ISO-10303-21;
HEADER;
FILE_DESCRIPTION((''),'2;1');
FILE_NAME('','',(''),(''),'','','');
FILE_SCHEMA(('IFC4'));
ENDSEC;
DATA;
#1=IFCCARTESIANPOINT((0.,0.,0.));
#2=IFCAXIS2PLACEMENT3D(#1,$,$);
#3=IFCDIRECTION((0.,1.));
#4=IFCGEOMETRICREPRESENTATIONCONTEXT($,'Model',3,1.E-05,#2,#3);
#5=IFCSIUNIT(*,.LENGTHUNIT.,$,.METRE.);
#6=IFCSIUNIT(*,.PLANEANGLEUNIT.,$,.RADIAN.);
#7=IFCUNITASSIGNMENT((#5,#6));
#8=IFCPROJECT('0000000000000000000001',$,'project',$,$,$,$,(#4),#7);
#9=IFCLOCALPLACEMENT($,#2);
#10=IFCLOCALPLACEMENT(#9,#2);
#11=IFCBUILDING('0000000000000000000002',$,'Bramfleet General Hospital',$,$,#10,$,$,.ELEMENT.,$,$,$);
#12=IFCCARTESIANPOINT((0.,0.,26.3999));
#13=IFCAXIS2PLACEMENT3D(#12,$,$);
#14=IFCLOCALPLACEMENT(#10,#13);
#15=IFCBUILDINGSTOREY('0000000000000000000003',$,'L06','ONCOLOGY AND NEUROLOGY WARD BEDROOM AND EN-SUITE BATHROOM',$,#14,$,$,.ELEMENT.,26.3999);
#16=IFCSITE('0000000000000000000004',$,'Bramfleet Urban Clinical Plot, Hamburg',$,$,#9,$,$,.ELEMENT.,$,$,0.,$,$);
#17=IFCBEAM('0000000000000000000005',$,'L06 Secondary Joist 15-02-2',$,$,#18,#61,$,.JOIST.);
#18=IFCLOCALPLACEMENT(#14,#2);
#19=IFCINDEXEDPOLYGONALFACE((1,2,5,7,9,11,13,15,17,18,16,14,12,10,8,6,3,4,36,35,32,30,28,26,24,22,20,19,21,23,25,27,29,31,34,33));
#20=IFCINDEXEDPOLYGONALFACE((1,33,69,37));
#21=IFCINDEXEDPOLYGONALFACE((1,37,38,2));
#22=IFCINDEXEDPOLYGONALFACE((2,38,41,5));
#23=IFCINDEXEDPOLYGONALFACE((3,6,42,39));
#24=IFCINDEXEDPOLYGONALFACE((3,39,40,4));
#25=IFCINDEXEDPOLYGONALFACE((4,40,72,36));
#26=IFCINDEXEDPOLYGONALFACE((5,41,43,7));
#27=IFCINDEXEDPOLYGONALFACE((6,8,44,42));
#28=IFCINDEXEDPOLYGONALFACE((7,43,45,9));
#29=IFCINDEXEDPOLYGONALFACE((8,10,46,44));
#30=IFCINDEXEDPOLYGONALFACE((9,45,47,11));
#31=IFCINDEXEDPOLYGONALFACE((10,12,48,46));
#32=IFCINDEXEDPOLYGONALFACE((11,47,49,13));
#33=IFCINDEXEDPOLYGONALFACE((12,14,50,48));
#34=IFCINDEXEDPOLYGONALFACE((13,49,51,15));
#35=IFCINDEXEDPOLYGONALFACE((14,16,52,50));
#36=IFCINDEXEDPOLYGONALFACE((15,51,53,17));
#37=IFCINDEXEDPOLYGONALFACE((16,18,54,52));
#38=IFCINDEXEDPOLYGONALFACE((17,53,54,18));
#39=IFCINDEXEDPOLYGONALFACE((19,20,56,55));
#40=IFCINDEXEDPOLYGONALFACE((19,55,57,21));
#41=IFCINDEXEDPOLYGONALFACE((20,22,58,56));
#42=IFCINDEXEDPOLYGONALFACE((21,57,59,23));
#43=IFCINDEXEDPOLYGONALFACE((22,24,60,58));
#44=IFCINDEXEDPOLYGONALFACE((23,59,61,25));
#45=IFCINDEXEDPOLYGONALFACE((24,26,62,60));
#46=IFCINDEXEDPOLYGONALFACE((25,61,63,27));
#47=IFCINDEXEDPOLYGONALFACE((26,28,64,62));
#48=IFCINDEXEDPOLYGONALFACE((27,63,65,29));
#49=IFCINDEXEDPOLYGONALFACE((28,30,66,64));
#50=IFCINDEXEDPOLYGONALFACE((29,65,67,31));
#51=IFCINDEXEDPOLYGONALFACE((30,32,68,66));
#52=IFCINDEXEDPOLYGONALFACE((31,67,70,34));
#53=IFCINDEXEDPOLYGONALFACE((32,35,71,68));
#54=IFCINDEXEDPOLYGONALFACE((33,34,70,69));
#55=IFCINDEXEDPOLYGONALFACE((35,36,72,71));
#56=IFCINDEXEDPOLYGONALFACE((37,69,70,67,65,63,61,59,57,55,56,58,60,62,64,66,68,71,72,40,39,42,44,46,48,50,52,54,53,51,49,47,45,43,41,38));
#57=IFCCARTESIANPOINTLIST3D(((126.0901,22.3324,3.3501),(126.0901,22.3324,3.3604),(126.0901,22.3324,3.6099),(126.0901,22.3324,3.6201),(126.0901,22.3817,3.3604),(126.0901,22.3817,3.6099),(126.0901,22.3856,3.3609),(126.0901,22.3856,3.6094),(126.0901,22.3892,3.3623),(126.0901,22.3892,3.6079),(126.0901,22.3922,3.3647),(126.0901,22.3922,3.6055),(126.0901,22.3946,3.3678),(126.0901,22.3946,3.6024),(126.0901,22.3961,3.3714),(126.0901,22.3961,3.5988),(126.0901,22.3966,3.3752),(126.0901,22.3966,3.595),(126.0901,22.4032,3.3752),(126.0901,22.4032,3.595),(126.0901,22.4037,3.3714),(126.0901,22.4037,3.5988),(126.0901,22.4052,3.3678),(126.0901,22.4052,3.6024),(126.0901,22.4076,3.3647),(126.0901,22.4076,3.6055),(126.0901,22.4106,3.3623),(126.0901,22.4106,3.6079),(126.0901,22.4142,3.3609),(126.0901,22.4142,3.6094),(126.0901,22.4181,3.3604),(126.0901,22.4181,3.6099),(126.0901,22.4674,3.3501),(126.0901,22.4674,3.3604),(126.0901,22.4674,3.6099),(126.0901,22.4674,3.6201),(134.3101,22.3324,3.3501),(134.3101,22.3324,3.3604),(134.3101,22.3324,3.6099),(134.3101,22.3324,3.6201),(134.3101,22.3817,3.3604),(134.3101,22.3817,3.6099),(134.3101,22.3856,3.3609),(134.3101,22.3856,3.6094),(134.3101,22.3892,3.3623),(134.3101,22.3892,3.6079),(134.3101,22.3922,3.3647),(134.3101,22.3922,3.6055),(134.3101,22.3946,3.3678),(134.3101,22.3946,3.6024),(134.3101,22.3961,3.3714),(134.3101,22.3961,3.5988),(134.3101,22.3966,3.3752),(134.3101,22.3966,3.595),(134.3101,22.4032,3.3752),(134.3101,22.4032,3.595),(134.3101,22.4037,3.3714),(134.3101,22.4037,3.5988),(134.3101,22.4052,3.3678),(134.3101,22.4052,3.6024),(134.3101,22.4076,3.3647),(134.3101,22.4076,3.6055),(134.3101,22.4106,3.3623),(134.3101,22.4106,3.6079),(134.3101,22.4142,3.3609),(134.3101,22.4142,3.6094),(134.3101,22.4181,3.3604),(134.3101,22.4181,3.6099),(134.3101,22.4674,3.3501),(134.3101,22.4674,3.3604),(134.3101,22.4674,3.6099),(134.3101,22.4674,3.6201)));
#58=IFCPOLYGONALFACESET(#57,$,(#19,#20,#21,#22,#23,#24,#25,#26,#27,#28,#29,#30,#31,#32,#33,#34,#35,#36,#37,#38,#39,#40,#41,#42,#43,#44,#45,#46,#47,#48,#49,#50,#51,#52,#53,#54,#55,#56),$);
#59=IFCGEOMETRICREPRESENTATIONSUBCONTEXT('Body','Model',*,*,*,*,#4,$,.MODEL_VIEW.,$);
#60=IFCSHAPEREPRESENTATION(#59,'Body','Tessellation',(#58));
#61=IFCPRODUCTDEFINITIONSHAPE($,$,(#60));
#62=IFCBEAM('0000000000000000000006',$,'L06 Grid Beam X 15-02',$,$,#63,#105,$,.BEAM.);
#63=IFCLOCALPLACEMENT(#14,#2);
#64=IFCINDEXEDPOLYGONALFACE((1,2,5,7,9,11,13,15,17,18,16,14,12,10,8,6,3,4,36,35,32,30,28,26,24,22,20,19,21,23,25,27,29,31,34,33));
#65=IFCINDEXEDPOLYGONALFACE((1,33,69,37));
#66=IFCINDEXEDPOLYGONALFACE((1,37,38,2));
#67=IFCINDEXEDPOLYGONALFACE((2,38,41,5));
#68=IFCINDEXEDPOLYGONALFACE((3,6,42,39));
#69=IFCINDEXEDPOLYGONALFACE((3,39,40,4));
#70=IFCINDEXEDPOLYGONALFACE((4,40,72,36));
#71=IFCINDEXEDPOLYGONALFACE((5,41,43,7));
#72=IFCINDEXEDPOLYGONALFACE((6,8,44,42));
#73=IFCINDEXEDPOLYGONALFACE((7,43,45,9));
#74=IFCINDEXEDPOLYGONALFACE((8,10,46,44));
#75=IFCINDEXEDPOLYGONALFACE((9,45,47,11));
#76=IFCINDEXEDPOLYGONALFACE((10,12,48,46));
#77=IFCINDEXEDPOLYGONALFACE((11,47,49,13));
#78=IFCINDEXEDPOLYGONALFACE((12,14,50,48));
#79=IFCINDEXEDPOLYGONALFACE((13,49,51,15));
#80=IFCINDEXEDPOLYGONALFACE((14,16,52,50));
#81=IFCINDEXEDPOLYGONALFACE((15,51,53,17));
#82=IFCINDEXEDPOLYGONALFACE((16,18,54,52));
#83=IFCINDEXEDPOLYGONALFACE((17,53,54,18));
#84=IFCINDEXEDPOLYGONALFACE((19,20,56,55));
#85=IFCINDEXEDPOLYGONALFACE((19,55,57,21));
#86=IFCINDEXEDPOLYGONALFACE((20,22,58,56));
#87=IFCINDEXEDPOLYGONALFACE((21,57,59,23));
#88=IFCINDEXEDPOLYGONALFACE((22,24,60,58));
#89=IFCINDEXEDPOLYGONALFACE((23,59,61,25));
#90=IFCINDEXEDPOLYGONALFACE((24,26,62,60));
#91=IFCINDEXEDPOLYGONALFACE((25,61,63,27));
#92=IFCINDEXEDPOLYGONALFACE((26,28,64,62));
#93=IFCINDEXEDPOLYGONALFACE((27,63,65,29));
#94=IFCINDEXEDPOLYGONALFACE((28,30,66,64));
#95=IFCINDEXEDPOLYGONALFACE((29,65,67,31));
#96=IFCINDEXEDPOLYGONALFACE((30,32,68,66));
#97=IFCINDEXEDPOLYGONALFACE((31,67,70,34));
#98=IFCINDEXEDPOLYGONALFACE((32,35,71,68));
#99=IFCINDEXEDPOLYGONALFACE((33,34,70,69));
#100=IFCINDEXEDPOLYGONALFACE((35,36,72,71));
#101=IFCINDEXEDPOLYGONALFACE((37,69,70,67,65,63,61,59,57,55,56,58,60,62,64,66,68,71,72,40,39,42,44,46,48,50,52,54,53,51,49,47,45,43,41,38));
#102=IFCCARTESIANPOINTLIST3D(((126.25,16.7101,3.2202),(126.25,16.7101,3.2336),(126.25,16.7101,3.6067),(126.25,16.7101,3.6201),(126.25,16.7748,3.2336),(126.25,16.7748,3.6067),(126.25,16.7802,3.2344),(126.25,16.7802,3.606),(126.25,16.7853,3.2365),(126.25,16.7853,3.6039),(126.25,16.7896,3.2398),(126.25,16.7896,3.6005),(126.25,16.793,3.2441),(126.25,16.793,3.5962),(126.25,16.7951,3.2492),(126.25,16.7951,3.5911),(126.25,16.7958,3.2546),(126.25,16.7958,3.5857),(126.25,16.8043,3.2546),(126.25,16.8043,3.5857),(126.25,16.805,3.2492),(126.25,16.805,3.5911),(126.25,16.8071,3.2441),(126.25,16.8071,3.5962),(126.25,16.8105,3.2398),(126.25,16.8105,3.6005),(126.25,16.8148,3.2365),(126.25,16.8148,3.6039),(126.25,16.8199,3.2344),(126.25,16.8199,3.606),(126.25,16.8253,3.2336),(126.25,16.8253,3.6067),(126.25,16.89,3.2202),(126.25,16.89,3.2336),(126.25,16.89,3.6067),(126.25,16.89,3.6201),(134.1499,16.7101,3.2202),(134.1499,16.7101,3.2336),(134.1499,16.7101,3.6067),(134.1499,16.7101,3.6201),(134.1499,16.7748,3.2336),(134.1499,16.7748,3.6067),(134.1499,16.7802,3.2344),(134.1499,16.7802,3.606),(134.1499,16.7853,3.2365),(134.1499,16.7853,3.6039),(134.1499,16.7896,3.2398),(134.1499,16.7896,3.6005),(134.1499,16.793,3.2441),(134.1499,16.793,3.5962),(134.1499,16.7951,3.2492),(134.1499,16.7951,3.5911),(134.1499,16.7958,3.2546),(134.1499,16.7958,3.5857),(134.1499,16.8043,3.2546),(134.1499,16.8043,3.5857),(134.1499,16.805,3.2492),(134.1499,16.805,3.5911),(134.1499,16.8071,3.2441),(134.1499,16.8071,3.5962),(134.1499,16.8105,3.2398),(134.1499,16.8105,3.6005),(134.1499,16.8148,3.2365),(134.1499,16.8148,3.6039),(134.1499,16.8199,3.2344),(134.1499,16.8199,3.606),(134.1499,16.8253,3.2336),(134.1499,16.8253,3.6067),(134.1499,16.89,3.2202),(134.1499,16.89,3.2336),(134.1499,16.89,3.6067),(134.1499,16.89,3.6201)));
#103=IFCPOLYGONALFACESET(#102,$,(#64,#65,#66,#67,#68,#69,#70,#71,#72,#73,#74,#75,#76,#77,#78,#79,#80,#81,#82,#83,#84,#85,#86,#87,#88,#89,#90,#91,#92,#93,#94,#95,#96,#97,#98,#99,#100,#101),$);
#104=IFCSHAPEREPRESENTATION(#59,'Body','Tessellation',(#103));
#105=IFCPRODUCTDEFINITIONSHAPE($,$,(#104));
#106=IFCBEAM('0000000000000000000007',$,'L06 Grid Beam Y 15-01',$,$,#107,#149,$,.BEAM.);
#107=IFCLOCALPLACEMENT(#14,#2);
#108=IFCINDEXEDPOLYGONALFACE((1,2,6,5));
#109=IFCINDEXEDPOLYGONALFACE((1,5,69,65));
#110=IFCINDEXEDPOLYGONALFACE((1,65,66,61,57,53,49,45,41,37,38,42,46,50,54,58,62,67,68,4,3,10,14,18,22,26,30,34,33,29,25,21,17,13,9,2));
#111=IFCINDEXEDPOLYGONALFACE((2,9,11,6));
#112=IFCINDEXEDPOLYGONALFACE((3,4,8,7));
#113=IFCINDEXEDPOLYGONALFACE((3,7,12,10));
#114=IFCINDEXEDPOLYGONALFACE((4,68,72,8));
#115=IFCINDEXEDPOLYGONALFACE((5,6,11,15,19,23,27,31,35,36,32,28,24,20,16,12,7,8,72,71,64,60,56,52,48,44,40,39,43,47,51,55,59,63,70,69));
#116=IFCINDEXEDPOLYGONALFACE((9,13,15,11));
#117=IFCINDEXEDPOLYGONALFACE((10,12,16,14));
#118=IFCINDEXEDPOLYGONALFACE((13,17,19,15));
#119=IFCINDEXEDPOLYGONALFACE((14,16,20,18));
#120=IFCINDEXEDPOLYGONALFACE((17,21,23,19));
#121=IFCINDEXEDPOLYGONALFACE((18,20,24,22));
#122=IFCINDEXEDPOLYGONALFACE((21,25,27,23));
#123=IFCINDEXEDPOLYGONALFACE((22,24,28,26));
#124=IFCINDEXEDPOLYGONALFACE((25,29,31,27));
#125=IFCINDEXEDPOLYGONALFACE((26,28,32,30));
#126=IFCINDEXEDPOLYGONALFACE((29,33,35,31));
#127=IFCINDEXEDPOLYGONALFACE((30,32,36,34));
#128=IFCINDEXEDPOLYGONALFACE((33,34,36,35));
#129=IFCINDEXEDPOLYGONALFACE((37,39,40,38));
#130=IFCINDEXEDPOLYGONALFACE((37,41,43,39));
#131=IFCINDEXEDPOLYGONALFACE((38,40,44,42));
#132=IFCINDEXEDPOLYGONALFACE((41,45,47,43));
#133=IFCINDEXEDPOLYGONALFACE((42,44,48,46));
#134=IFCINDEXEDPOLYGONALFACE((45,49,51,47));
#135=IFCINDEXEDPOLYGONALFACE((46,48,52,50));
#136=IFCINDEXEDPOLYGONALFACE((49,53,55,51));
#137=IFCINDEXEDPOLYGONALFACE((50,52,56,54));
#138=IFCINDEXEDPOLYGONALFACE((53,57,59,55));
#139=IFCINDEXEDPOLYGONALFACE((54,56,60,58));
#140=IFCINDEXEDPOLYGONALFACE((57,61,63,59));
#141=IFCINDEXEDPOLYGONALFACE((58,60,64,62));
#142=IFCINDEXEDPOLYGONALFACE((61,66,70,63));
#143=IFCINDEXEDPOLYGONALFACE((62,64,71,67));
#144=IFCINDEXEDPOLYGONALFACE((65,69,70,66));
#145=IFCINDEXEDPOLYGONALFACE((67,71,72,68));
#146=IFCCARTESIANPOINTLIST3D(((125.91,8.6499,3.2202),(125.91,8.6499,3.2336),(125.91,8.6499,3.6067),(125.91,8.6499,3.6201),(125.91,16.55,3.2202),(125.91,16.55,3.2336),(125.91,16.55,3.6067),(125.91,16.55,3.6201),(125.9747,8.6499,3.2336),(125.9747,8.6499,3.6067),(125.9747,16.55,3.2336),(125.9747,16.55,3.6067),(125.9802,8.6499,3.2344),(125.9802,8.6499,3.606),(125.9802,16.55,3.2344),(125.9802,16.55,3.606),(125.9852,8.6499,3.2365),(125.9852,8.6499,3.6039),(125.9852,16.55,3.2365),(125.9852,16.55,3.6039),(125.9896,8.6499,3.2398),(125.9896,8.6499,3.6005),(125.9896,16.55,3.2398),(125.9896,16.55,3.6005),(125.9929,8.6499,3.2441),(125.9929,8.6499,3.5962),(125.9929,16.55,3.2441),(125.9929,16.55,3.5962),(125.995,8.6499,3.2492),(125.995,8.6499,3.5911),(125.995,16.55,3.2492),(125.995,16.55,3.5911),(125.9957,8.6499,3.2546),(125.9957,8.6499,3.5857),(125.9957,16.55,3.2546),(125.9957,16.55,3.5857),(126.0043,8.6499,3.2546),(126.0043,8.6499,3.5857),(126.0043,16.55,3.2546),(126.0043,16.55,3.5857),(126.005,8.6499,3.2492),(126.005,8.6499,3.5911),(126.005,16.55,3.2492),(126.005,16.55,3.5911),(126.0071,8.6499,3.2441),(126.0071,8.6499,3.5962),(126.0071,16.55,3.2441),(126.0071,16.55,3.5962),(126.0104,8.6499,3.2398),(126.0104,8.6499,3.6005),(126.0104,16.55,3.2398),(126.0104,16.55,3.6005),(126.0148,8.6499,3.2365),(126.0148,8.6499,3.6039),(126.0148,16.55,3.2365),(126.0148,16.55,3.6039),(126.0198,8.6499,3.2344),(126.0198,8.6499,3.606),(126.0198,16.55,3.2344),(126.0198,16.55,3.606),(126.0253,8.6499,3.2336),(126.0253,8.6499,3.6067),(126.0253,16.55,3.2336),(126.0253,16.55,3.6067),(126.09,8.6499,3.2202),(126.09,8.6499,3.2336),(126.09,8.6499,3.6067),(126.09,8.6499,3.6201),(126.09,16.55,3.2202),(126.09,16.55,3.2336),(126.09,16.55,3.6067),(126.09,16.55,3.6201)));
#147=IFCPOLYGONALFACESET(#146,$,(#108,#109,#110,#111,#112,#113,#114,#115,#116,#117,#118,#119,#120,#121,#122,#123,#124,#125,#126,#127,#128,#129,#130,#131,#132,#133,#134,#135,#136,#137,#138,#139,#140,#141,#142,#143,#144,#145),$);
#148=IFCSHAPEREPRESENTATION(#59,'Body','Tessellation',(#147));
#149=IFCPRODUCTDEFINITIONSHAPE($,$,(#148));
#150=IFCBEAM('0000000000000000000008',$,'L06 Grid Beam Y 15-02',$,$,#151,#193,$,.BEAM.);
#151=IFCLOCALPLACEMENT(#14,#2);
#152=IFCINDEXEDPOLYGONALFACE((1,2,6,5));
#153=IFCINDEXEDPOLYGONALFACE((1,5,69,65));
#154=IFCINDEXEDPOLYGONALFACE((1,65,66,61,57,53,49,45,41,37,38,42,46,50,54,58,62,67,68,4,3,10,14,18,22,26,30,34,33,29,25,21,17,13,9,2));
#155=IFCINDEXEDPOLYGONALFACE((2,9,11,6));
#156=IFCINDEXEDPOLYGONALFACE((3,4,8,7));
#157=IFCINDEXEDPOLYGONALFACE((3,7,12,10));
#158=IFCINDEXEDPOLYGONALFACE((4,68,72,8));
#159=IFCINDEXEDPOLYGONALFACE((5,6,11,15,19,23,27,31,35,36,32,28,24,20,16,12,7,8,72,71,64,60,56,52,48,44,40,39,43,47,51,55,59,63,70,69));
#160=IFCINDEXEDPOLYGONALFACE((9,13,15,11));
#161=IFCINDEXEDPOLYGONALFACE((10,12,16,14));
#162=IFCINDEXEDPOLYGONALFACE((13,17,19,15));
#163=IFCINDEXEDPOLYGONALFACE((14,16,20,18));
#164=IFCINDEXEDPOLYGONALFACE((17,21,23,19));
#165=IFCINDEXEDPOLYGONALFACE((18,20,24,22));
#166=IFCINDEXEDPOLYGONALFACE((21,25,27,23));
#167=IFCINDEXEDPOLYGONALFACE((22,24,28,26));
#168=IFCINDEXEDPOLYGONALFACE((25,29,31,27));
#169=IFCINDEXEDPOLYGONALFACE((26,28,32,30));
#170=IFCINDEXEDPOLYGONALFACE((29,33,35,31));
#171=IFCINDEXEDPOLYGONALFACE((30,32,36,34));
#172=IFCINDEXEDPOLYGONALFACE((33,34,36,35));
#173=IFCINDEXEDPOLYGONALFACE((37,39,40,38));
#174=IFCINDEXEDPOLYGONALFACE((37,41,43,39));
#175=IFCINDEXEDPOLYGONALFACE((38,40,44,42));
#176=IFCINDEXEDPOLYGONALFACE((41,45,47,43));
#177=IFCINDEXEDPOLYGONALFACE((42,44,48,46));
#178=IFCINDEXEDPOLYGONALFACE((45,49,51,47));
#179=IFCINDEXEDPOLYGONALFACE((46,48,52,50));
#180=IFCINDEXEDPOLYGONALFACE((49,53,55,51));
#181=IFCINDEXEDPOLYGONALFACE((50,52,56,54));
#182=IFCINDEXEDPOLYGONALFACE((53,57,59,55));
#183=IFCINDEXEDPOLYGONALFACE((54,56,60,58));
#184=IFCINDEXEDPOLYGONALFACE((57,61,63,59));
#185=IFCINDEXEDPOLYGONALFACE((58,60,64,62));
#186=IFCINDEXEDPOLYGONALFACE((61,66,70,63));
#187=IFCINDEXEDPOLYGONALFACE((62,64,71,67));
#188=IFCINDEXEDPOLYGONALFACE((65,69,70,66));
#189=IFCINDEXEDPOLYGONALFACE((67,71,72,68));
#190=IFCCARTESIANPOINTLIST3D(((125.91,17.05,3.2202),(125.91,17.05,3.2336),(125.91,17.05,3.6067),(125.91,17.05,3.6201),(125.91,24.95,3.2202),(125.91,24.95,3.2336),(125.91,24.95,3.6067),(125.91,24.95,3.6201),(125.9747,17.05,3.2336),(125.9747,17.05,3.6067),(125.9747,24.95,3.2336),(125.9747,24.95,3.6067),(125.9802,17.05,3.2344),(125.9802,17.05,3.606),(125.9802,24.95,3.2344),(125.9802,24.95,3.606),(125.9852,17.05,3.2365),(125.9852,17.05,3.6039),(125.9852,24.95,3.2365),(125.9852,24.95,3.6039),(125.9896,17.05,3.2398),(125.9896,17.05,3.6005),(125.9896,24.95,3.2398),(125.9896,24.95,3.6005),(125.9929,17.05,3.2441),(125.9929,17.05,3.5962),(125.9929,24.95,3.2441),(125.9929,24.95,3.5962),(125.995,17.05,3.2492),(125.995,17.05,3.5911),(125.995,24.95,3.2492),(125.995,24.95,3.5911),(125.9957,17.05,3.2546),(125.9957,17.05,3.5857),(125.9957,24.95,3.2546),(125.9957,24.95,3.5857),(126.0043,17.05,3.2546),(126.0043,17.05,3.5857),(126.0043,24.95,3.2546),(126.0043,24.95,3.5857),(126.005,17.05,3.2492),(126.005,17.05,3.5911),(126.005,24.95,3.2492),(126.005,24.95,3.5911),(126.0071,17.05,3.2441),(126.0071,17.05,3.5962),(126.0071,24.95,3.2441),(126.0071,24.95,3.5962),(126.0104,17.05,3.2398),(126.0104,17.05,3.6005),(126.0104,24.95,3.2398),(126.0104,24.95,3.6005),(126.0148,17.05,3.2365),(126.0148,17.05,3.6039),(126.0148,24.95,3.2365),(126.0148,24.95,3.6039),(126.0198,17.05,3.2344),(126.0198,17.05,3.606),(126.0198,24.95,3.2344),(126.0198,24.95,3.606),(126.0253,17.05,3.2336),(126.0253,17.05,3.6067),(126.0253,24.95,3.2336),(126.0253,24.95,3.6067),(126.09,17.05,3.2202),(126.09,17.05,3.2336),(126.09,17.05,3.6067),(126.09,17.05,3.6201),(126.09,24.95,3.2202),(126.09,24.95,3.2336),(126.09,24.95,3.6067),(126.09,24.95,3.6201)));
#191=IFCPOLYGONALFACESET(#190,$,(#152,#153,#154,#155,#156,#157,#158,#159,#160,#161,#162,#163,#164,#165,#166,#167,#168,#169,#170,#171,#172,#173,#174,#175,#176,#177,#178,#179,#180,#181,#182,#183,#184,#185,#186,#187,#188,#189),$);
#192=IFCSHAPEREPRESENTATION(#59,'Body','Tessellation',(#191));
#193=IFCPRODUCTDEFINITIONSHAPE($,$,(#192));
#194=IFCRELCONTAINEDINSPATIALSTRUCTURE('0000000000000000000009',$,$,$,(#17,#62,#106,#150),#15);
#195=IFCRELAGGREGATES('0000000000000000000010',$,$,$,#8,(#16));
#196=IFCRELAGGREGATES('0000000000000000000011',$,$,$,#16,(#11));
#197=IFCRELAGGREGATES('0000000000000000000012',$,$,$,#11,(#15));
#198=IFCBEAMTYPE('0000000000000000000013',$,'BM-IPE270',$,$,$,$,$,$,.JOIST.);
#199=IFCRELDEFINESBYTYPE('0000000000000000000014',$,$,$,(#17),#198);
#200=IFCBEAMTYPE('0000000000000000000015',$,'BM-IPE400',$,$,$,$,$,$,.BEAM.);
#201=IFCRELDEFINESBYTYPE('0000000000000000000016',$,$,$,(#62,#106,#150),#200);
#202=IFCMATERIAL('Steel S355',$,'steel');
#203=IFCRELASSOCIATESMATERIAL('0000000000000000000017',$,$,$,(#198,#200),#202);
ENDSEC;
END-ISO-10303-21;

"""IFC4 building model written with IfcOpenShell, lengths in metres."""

from ifc_helpers import new_model, si_unit, direction, frame, origin, origin_2d, place, context, subcontext, project, spatial, i_section, extrude, material, material_profile, profile_set, type_object, element, save


model = new_model("IFC4")

# Units and contexts
model_context = context("Model", 3, precision=1e-05, world=origin(), true_north=direction((0.0, 1.0)))
body_context = subcontext(model_context, "Body", "Model", "MODEL_VIEW")
ifc_project = project(units=[si_unit("LENGTHUNIT", "METRE"), si_unit("PLANEANGLEUNIT", "RADIAN")], contexts=[model_context])

# Site, building, storey
site_placement = place(None, origin())
site = spatial("IfcSite", under=ifc_project, at=site_placement, Name="Bramfleet Urban Clinical Plot, Hamburg", CompositionType="ELEMENT", RefElevation=0.0)
building_placement = place(site_placement, origin())
building = spatial("IfcBuilding", under=site, at=building_placement, Name="Bramfleet General Hospital", CompositionType="ELEMENT")
storey_placement = place(building_placement, frame((0.0, 0.0, 26.3999)))
storey = spatial("IfcBuildingStorey", under=building, at=storey_placement, Name="L06", Description="ONCOLOGY AND NEUROLOGY WARD BEDROOM AND EN-SUITE BATHROOM", CompositionType="ELEMENT", Elevation=26.3999)

# Beams
ifc_material_1 = material(Name="Steel S355", Category="steel")
ifc_material_profile_1 = material_profile(ifc_material_1, i_section(OverallWidth=0.135, OverallDepth=0.27, WebThickness=0.0066, FlangeThickness=0.0103, FilletRadius=0.0149, at=origin_2d()), Name="IPE 270")
ifc_profile_set_1 = profile_set([ifc_material_profile_1], Name="Steel S355")
beam_type_1 = type_object("IfcBeamType", Name="BM-IPE270", PredefinedType="JOIST", material=ifc_profile_set_1)
for number, where, z_axis, x_axis, name in (
    (1, (126.0901, 22.3999, 3.4851), (1.0, 0.0, 0.0), (0.0, 1.0, 0.0), "L06 Secondary Joist 15-02-2"),
):
    element("IfcBeam", number, at=place(storey_placement, frame(where, z_axis=z_axis, x_axis=x_axis)), inside=storey, type_object=beam_type_1, Name=name, PredefinedType="JOIST", context=body_context, shape_type="SweptSolid", body=[
        extrude(i_section(OverallWidth=0.135, OverallDepth=0.27, WebThickness=0.0066, FlangeThickness=0.0103, FilletRadius=0.0149, at=origin_2d()), origin(), (0.0, 0.0, 1.0), 8.22),
    ])
ifc_material_profile_2 = material_profile(ifc_material_1, i_section(OverallWidth=0.1799, OverallDepth=0.3999, WebThickness=0.0085, FlangeThickness=0.0134, FilletRadius=0.021, at=origin_2d()), Name="IPE 400")
ifc_profile_set_2 = profile_set([ifc_material_profile_2], Name="Steel S355")
beam_type_2 = type_object("IfcBeamType", Name="BM-IPE400", PredefinedType="BEAM", material=ifc_profile_set_2)
beam_1_placement = place(storey_placement, frame((126.25, 16.8, 3.4202), z_axis=(1.0, 0.0, 0.0), x_axis=(0.0, 1.0, 0.0)))
element("IfcBeam", 2, at=beam_1_placement, inside=storey, type_object=beam_type_2, Name="L06 Grid Beam X 15-02", PredefinedType="BEAM", context=body_context, shape_type="SweptSolid", body=[
    extrude(i_section(OverallWidth=0.1799, OverallDepth=0.3999, WebThickness=0.0085, FlangeThickness=0.0134, FilletRadius=0.021, at=origin_2d()), origin(), (0.0, 0.0, 1.0), 7.8999),
])
beam_2_placement = place(storey_placement, frame((126.0, 8.6499, 3.4202), z_axis=(0.0, 1.0, 0.0), x_axis=(-1.0, 0.0, 0.0)))
element("IfcBeam", 3, at=beam_2_placement, inside=storey, type_object=beam_type_2, Name="L06 Grid Beam Y 15-01", PredefinedType="BEAM", context=body_context, shape_type="SweptSolid", body=[
    extrude(i_section(OverallWidth=0.1799, OverallDepth=0.3999, WebThickness=0.0085, FlangeThickness=0.0134, FilletRadius=0.021, at=origin_2d()), origin(), (0.0, 0.0, 1.0), 7.9001),
])
beam_3_placement = place(storey_placement, frame((126.0, 17.05, 3.4202), z_axis=(0.0, 1.0, 0.0), x_axis=(-1.0, 0.0, 0.0)))
element("IfcBeam", 4, at=beam_3_placement, inside=storey, type_object=beam_type_2, Name="L06 Grid Beam Y 15-02", PredefinedType="BEAM", context=body_context, shape_type="SweptSolid", body=[
    extrude(i_section(OverallWidth=0.1799, OverallDepth=0.3999, WebThickness=0.0085, FlangeThickness=0.0134, FilletRadius=0.021, at=origin_2d()), origin(), (0.0, 0.0, 1.0), 7.8999),
])

save(model, "model.ifc")
